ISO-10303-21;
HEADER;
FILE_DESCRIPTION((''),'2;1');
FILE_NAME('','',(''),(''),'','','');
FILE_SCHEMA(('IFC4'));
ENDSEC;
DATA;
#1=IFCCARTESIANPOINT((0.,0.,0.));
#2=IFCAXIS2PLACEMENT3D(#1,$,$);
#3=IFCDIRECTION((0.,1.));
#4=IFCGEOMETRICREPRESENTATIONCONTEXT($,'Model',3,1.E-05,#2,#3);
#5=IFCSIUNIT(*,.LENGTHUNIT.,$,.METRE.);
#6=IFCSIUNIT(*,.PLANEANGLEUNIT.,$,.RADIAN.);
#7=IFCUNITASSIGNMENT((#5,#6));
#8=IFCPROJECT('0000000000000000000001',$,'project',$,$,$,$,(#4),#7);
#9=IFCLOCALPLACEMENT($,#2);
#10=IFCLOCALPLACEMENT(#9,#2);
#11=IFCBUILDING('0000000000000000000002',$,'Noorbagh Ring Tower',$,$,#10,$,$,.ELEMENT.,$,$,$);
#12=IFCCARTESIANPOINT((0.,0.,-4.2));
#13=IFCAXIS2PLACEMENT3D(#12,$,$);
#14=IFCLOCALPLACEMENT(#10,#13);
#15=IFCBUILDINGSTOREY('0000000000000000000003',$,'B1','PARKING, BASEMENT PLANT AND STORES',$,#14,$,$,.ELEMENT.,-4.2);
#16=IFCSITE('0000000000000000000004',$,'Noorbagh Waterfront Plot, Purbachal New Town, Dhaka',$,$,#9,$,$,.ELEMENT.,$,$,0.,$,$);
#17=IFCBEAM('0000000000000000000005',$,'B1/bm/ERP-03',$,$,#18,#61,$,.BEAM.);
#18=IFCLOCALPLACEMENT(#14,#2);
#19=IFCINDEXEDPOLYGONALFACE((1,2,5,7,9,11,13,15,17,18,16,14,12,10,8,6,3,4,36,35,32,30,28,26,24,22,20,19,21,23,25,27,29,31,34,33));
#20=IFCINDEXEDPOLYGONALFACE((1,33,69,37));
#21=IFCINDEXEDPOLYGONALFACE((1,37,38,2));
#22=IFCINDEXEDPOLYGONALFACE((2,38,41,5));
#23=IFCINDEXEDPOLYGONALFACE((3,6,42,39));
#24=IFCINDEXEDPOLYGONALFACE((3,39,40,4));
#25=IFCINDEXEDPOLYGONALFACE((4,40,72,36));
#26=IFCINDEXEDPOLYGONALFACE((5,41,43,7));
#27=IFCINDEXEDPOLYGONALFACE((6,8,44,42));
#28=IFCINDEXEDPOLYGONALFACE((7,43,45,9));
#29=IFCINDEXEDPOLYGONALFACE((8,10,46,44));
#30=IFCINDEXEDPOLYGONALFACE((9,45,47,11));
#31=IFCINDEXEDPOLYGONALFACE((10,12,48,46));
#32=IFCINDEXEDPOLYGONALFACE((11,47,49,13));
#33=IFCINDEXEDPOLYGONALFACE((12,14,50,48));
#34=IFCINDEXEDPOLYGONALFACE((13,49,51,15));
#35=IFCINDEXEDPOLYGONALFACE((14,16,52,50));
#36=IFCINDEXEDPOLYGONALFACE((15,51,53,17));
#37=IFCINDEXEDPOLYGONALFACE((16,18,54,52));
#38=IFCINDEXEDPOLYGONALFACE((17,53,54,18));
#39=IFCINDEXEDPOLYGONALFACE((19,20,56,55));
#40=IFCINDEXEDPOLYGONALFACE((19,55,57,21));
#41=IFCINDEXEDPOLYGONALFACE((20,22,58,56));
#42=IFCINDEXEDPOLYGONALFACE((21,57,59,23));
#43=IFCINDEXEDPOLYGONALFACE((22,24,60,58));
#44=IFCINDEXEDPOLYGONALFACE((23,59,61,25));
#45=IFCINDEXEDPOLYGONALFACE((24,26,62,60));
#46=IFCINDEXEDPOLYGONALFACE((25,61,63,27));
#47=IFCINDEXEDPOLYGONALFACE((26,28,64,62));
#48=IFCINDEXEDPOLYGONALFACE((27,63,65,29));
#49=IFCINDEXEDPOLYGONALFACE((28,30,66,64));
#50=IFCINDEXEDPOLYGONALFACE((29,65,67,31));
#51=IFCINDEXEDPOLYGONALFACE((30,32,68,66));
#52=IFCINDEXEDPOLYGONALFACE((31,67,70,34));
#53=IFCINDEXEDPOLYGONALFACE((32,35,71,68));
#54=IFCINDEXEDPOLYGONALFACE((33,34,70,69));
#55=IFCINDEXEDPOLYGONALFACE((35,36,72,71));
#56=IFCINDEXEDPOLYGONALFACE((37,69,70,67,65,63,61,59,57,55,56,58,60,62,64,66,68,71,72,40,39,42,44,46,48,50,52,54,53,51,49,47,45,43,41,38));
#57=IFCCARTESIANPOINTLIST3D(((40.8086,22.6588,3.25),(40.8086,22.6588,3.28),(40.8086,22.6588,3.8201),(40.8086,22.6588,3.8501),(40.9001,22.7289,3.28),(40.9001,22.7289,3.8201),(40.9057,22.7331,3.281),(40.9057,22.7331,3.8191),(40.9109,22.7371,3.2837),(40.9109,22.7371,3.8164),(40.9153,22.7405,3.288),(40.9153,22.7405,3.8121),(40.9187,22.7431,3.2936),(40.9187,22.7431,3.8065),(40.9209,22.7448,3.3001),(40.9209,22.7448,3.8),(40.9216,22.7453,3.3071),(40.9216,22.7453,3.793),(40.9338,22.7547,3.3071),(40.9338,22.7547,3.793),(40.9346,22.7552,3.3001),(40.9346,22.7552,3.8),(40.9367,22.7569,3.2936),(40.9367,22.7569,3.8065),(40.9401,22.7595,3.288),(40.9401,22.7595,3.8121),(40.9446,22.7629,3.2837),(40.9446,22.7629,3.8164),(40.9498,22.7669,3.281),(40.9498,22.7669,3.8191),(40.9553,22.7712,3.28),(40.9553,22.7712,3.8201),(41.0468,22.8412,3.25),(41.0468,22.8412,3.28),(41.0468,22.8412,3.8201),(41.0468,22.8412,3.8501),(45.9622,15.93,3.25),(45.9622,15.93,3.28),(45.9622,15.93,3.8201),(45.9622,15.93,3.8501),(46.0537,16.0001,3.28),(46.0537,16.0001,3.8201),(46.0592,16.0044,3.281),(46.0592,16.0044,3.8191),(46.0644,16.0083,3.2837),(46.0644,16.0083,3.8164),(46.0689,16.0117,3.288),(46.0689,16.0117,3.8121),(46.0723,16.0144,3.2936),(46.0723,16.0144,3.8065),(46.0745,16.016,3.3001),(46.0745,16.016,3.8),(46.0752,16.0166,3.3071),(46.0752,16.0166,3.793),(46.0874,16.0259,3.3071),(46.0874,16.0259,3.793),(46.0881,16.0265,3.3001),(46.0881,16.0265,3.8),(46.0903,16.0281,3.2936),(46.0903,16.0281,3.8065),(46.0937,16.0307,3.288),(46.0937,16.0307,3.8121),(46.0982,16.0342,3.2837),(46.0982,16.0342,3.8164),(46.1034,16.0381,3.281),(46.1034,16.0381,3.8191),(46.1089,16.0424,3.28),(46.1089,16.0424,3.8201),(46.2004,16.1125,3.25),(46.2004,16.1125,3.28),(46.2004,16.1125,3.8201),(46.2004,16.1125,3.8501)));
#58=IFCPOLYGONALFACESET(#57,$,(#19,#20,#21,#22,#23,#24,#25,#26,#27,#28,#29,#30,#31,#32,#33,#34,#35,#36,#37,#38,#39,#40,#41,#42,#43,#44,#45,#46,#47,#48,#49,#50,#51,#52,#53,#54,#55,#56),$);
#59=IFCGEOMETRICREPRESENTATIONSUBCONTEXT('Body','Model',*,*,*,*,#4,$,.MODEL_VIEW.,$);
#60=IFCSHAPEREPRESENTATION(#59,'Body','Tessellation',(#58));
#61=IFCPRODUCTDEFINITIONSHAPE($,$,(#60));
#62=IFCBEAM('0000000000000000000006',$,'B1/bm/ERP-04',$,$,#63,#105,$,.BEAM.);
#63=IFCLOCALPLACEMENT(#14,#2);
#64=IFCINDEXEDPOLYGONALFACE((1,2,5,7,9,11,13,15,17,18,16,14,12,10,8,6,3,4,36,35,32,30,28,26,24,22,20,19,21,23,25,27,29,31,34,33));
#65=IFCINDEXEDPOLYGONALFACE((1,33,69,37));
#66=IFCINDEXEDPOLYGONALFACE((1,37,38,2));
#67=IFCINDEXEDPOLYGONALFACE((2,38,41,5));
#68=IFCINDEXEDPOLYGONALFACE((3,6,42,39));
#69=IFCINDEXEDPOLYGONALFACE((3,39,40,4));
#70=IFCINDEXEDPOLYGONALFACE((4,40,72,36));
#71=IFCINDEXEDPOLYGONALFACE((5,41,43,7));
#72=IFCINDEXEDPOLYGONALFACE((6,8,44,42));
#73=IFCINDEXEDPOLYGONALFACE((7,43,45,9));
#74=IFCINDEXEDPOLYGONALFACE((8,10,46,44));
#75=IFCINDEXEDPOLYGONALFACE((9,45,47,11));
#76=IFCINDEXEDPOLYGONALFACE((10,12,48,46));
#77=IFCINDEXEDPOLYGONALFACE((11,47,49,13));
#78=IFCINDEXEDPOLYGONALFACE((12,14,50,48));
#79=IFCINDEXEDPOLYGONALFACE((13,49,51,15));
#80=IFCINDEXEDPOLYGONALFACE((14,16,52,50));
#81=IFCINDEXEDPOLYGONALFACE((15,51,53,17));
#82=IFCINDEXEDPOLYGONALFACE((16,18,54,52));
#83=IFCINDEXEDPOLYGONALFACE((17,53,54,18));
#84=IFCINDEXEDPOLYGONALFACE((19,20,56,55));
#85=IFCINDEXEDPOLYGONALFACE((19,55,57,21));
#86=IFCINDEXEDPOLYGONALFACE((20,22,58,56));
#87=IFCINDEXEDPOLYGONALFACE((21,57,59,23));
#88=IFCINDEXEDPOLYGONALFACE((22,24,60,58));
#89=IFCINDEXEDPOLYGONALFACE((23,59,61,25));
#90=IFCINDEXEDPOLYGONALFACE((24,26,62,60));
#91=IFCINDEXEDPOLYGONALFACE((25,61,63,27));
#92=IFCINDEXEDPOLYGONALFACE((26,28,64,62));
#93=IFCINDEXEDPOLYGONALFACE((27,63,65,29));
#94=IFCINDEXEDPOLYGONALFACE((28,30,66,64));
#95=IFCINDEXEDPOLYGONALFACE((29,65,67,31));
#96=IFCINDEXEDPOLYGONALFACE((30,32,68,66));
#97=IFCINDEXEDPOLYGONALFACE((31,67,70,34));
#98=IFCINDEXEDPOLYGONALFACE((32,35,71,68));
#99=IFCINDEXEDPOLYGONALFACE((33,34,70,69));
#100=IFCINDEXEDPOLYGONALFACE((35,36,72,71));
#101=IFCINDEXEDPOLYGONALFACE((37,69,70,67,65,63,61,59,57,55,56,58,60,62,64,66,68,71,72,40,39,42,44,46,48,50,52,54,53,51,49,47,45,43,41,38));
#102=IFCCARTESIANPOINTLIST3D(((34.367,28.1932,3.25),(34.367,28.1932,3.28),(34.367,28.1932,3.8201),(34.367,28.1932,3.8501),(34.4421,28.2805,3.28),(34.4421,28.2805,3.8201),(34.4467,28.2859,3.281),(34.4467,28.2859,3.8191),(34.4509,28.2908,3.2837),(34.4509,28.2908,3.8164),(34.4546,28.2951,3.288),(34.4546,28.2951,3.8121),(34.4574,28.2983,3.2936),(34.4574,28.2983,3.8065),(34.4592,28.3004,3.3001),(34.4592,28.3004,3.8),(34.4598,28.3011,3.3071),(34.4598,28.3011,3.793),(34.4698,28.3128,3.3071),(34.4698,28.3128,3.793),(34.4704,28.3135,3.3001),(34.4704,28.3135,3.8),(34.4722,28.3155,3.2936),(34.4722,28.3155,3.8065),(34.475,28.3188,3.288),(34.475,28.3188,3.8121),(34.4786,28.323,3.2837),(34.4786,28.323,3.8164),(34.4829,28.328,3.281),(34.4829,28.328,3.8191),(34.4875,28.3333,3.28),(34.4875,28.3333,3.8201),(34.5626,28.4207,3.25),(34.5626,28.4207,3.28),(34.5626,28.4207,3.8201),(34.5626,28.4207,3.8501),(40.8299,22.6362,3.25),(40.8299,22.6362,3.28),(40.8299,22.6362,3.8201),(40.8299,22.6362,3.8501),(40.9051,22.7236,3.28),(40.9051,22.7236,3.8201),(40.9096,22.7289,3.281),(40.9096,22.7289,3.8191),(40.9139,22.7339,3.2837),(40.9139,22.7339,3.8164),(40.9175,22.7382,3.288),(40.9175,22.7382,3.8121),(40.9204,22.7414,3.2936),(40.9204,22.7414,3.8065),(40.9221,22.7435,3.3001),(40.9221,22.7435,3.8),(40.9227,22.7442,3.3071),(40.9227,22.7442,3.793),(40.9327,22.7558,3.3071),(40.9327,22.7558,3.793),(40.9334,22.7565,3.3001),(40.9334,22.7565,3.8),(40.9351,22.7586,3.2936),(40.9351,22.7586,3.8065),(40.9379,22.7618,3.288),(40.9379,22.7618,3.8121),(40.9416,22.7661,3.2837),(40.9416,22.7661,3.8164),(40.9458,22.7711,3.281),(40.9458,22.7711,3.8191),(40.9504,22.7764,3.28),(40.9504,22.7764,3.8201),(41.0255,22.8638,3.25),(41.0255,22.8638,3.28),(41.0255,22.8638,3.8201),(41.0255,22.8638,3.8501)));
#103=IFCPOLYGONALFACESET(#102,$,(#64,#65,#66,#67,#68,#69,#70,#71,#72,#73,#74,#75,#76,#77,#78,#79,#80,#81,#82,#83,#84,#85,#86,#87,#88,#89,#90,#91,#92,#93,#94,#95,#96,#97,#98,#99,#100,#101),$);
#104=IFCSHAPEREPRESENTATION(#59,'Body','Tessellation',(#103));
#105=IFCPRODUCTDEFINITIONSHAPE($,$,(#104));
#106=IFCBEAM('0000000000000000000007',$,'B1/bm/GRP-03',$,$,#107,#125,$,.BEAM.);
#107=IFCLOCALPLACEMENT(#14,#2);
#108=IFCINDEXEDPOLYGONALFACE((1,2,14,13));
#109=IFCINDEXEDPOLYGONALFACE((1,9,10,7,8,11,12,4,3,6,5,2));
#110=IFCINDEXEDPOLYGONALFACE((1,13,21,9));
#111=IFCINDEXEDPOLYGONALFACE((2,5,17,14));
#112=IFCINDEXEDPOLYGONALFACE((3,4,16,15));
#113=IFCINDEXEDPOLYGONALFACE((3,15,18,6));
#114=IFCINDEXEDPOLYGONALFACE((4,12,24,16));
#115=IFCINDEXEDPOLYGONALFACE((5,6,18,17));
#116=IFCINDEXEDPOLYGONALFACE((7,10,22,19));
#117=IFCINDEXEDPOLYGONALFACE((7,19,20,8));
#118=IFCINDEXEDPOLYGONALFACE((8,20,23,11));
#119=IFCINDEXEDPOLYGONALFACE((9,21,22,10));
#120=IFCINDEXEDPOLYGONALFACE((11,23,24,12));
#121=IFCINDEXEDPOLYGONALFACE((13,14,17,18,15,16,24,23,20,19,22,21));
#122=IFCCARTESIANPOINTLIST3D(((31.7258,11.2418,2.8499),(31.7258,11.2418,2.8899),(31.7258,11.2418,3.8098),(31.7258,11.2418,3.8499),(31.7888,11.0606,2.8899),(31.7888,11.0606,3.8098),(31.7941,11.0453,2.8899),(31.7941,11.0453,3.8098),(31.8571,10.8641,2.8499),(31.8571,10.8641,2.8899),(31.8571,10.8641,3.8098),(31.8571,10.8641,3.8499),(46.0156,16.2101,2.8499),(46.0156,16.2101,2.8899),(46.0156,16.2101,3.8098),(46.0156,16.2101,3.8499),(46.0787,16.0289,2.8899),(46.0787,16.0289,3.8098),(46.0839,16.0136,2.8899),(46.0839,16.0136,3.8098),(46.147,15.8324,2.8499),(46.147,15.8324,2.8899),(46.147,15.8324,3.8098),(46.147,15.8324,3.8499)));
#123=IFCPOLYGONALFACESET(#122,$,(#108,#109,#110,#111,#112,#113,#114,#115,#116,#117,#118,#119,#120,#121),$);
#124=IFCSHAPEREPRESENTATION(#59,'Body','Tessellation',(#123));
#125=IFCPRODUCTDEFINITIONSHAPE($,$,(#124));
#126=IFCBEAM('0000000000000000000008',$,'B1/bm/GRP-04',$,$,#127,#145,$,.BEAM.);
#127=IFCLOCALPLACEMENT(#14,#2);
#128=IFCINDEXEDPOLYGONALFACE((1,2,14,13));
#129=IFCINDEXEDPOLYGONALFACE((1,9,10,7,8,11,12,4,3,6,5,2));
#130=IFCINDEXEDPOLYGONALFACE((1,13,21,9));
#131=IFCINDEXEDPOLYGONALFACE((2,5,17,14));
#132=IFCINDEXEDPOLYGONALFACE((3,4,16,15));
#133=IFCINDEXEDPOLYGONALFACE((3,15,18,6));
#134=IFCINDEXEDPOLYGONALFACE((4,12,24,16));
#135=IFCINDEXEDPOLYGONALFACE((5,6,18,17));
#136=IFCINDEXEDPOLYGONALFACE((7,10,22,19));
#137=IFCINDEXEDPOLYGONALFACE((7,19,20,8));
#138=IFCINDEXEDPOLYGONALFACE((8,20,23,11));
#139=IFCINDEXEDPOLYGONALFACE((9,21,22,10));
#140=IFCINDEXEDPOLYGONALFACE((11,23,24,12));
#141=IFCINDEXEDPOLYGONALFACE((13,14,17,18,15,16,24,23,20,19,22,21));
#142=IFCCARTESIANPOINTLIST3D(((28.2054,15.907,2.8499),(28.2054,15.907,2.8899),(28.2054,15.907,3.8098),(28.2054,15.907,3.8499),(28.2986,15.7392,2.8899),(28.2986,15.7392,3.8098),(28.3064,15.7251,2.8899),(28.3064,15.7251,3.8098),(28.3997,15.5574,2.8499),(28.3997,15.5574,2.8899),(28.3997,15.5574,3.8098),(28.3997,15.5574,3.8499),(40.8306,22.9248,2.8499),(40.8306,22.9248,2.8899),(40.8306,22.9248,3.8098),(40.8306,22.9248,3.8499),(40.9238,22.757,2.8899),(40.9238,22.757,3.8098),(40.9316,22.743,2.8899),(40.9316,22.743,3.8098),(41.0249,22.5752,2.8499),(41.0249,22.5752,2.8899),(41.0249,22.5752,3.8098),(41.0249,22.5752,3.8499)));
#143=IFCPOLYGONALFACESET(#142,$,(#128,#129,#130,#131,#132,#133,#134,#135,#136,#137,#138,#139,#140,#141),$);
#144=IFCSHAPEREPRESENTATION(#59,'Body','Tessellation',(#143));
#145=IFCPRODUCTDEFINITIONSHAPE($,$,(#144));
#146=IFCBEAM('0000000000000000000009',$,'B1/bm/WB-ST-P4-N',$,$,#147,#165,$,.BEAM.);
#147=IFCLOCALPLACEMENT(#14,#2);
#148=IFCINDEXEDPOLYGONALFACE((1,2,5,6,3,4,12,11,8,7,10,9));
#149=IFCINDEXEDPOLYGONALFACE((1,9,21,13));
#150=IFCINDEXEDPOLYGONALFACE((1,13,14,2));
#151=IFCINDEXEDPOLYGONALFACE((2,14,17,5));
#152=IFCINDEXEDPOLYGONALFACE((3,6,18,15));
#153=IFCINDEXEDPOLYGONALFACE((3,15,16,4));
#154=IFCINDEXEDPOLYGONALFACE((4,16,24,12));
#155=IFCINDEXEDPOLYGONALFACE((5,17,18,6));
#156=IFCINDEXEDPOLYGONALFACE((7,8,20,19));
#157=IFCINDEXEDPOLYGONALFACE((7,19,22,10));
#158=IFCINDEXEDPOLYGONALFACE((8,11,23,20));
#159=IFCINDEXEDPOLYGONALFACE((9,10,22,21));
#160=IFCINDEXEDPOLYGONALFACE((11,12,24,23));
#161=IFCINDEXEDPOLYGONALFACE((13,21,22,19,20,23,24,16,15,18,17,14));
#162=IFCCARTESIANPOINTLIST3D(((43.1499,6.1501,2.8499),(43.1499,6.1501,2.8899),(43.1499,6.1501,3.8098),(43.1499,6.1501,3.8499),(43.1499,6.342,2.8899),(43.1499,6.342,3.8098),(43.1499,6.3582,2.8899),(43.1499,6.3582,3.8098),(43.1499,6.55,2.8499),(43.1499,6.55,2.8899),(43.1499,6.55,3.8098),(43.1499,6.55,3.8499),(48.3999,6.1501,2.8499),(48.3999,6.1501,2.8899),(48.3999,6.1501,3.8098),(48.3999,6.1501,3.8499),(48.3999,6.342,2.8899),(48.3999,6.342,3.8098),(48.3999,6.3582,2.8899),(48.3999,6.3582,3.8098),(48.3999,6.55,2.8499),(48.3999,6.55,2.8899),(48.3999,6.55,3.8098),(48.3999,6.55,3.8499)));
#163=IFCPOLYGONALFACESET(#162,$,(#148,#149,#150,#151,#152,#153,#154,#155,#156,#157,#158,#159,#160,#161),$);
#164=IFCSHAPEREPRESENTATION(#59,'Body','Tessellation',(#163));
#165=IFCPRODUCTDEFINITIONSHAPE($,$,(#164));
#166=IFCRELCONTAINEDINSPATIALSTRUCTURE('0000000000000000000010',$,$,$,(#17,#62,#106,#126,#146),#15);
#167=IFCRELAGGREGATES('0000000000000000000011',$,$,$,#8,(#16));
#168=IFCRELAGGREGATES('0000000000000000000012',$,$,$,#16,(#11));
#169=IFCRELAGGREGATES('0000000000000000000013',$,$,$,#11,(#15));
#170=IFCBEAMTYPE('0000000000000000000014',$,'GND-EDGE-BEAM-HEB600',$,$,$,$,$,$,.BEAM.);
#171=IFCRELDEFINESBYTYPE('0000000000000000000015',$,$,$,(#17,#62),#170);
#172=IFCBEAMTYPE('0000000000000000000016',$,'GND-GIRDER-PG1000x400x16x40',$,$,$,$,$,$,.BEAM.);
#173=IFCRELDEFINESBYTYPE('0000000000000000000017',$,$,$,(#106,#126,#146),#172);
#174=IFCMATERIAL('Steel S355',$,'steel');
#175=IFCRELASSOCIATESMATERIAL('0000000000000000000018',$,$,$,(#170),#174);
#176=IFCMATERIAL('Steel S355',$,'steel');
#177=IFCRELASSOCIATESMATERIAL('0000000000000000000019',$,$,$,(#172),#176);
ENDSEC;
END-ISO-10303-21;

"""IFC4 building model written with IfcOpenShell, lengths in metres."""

from ifc_helpers import new_model, si_unit, direction, frame, origin, origin_2d, place, context, subcontext, project, spatial, i_section, extrude, material, material_profile, profile_set, type_object, element, save


model = new_model("IFC4")

# Units and contexts
model_context = context("Model", 3, precision=1e-05, world=origin(), true_north=direction((0.0, 1.0)))
body_context = subcontext(model_context, "Body", "Model", "MODEL_VIEW")
ifc_project = project(units=[si_unit("LENGTHUNIT", "METRE"), si_unit("PLANEANGLEUNIT", "RADIAN")], contexts=[model_context])

# Site, building, storey
site_placement = place(None, origin())
site = spatial("IfcSite", under=ifc_project, at=site_placement, Name="Noorbagh Waterfront Plot, Purbachal New Town, Dhaka", CompositionType="ELEMENT", RefElevation=0.0)
building_placement = place(site_placement, origin())
building = spatial("IfcBuilding", under=site, at=building_placement, Name="Noorbagh Ring Tower", CompositionType="ELEMENT")
storey_placement = place(building_placement, frame((0.0, 0.0, -4.2)))
storey = spatial("IfcBuildingStorey", under=building, at=storey_placement, Name="B1", Description="PARKING, BASEMENT PLANT AND STORES", CompositionType="ELEMENT", Elevation=-4.2)

# Beams
ifc_material_1 = material(Name="Steel S355", Category="steel")
ifc_material_profile_1 = material_profile(ifc_material_1, i_section(OverallWidth=0.3, OverallDepth=0.6001, WebThickness=0.0154, FlangeThickness=0.03, FilletRadius=0.0271, at=origin_2d()), Name="HEB600")
ifc_profile_set_1 = profile_set([ifc_material_profile_1], Name="Steel S355")
beam_type_1 = type_object("IfcBeamType", Name="GND-EDGE-BEAM-HEB600", PredefinedType="BEAM", material=ifc_profile_set_1)
beam_1_placement = place(storey_placement, frame((46.0813, 16.0212, 3.55), z_axis=(-0.608049, 0.7939, 0.0), x_axis=(-0.7939, -0.608049, 0.0)))
element("IfcBeam", 1, at=beam_1_placement, inside=storey, type_object=beam_type_1, Name="B1/bm/ERP-03", PredefinedType="BEAM", context=body_context, shape_type="SweptSolid", body=[
    extrude(i_section(OverallWidth=0.3, OverallDepth=0.6001, WebThickness=0.0154, FlangeThickness=0.03, FilletRadius=0.0271, at=origin_2d()), origin(), (0.0, 0.0, 1.0), 8.4756),
])
beam_2_placement = place(storey_placement, frame((40.9277, 22.75, 3.55), z_axis=(-0.758255, 0.651958, 0.0), x_axis=(-0.651958, -0.758255, 0.0)))
element("IfcBeam", 2, at=beam_2_placement, inside=storey, type_object=beam_type_1, Name="B1/bm/ERP-04", PredefinedType="BEAM", context=body_context, shape_type="SweptSolid", body=[
    extrude(i_section(OverallWidth=0.3, OverallDepth=0.6001, WebThickness=0.0154, FlangeThickness=0.03, FilletRadius=0.0271, at=origin_2d()), origin(), (0.0, 0.0, 1.0), 8.5234),
])
ifc_material_2 = material(Name="Steel S355", Category="steel")
ifc_material_profile_2 = material_profile(ifc_material_2, i_section(OverallWidth=0.3999, OverallDepth=1.0, WebThickness=0.0161, FlangeThickness=0.04, at=origin_2d()), Name="PG1000x400x16x40")
ifc_profile_set_2 = profile_set([ifc_material_profile_2], Name="Steel S355")
beam_type_2 = type_object("IfcBeamType", Name="GND-GIRDER-PG1000x400x16x40", PredefinedType="BEAM", material=ifc_profile_set_2)
beam_3_placement = place(storey_placement, frame((46.0813, 16.0212, 3.3499), z_axis=(-0.94454, -0.328397, 0.0), x_axis=(0.328397, -0.94454, 0.0)))
element("IfcBeam", 3, at=beam_3_placement, inside=storey, type_object=beam_type_2, Name="B1/bm/GRP-03", PredefinedType="BEAM", context=body_context, shape_type="SweptSolid", body=[
    extrude(i_section(OverallWidth=0.3999, OverallDepth=1.0, WebThickness=0.0161, FlangeThickness=0.04, at=origin_2d()), origin(), (0.0, 0.0, 1.0), 15.1289),
])
beam_4_placement = place(storey_placement, frame((40.9277, 22.75, 3.3499), z_axis=(-0.874046, -0.485844, 0.0), x_axis=(0.485844, -0.874046, 0.0)))
element("IfcBeam", 4, at=beam_4_placement, inside=storey, type_object=beam_type_2, Name="B1/bm/GRP-04", PredefinedType="BEAM", context=body_context, shape_type="SweptSolid", body=[
    extrude(i_section(OverallWidth=0.3999, OverallDepth=1.0, WebThickness=0.0161, FlangeThickness=0.04, at=origin_2d()), origin(), (0.0, 0.0, 1.0), 14.4446),
])
beam_5_placement = place(storey_placement, frame((43.1499, 6.3501, 3.3499), z_axis=(1.0, 0.0, 0.0), x_axis=(0.0, 1.0, 0.0)))
element("IfcBeam", 5, at=beam_5_placement, inside=storey, type_object=beam_type_2, Name="B1/bm/WB-ST-P4-N", PredefinedType="BEAM", context=body_context, shape_type="SweptSolid", body=[
    extrude(i_section(OverallWidth=0.3999, OverallDepth=1.0, WebThickness=0.0161, FlangeThickness=0.04, at=origin_2d()), origin(), (0.0, 0.0, 1.0), 5.25),
])

save(model, "model.ifc")
